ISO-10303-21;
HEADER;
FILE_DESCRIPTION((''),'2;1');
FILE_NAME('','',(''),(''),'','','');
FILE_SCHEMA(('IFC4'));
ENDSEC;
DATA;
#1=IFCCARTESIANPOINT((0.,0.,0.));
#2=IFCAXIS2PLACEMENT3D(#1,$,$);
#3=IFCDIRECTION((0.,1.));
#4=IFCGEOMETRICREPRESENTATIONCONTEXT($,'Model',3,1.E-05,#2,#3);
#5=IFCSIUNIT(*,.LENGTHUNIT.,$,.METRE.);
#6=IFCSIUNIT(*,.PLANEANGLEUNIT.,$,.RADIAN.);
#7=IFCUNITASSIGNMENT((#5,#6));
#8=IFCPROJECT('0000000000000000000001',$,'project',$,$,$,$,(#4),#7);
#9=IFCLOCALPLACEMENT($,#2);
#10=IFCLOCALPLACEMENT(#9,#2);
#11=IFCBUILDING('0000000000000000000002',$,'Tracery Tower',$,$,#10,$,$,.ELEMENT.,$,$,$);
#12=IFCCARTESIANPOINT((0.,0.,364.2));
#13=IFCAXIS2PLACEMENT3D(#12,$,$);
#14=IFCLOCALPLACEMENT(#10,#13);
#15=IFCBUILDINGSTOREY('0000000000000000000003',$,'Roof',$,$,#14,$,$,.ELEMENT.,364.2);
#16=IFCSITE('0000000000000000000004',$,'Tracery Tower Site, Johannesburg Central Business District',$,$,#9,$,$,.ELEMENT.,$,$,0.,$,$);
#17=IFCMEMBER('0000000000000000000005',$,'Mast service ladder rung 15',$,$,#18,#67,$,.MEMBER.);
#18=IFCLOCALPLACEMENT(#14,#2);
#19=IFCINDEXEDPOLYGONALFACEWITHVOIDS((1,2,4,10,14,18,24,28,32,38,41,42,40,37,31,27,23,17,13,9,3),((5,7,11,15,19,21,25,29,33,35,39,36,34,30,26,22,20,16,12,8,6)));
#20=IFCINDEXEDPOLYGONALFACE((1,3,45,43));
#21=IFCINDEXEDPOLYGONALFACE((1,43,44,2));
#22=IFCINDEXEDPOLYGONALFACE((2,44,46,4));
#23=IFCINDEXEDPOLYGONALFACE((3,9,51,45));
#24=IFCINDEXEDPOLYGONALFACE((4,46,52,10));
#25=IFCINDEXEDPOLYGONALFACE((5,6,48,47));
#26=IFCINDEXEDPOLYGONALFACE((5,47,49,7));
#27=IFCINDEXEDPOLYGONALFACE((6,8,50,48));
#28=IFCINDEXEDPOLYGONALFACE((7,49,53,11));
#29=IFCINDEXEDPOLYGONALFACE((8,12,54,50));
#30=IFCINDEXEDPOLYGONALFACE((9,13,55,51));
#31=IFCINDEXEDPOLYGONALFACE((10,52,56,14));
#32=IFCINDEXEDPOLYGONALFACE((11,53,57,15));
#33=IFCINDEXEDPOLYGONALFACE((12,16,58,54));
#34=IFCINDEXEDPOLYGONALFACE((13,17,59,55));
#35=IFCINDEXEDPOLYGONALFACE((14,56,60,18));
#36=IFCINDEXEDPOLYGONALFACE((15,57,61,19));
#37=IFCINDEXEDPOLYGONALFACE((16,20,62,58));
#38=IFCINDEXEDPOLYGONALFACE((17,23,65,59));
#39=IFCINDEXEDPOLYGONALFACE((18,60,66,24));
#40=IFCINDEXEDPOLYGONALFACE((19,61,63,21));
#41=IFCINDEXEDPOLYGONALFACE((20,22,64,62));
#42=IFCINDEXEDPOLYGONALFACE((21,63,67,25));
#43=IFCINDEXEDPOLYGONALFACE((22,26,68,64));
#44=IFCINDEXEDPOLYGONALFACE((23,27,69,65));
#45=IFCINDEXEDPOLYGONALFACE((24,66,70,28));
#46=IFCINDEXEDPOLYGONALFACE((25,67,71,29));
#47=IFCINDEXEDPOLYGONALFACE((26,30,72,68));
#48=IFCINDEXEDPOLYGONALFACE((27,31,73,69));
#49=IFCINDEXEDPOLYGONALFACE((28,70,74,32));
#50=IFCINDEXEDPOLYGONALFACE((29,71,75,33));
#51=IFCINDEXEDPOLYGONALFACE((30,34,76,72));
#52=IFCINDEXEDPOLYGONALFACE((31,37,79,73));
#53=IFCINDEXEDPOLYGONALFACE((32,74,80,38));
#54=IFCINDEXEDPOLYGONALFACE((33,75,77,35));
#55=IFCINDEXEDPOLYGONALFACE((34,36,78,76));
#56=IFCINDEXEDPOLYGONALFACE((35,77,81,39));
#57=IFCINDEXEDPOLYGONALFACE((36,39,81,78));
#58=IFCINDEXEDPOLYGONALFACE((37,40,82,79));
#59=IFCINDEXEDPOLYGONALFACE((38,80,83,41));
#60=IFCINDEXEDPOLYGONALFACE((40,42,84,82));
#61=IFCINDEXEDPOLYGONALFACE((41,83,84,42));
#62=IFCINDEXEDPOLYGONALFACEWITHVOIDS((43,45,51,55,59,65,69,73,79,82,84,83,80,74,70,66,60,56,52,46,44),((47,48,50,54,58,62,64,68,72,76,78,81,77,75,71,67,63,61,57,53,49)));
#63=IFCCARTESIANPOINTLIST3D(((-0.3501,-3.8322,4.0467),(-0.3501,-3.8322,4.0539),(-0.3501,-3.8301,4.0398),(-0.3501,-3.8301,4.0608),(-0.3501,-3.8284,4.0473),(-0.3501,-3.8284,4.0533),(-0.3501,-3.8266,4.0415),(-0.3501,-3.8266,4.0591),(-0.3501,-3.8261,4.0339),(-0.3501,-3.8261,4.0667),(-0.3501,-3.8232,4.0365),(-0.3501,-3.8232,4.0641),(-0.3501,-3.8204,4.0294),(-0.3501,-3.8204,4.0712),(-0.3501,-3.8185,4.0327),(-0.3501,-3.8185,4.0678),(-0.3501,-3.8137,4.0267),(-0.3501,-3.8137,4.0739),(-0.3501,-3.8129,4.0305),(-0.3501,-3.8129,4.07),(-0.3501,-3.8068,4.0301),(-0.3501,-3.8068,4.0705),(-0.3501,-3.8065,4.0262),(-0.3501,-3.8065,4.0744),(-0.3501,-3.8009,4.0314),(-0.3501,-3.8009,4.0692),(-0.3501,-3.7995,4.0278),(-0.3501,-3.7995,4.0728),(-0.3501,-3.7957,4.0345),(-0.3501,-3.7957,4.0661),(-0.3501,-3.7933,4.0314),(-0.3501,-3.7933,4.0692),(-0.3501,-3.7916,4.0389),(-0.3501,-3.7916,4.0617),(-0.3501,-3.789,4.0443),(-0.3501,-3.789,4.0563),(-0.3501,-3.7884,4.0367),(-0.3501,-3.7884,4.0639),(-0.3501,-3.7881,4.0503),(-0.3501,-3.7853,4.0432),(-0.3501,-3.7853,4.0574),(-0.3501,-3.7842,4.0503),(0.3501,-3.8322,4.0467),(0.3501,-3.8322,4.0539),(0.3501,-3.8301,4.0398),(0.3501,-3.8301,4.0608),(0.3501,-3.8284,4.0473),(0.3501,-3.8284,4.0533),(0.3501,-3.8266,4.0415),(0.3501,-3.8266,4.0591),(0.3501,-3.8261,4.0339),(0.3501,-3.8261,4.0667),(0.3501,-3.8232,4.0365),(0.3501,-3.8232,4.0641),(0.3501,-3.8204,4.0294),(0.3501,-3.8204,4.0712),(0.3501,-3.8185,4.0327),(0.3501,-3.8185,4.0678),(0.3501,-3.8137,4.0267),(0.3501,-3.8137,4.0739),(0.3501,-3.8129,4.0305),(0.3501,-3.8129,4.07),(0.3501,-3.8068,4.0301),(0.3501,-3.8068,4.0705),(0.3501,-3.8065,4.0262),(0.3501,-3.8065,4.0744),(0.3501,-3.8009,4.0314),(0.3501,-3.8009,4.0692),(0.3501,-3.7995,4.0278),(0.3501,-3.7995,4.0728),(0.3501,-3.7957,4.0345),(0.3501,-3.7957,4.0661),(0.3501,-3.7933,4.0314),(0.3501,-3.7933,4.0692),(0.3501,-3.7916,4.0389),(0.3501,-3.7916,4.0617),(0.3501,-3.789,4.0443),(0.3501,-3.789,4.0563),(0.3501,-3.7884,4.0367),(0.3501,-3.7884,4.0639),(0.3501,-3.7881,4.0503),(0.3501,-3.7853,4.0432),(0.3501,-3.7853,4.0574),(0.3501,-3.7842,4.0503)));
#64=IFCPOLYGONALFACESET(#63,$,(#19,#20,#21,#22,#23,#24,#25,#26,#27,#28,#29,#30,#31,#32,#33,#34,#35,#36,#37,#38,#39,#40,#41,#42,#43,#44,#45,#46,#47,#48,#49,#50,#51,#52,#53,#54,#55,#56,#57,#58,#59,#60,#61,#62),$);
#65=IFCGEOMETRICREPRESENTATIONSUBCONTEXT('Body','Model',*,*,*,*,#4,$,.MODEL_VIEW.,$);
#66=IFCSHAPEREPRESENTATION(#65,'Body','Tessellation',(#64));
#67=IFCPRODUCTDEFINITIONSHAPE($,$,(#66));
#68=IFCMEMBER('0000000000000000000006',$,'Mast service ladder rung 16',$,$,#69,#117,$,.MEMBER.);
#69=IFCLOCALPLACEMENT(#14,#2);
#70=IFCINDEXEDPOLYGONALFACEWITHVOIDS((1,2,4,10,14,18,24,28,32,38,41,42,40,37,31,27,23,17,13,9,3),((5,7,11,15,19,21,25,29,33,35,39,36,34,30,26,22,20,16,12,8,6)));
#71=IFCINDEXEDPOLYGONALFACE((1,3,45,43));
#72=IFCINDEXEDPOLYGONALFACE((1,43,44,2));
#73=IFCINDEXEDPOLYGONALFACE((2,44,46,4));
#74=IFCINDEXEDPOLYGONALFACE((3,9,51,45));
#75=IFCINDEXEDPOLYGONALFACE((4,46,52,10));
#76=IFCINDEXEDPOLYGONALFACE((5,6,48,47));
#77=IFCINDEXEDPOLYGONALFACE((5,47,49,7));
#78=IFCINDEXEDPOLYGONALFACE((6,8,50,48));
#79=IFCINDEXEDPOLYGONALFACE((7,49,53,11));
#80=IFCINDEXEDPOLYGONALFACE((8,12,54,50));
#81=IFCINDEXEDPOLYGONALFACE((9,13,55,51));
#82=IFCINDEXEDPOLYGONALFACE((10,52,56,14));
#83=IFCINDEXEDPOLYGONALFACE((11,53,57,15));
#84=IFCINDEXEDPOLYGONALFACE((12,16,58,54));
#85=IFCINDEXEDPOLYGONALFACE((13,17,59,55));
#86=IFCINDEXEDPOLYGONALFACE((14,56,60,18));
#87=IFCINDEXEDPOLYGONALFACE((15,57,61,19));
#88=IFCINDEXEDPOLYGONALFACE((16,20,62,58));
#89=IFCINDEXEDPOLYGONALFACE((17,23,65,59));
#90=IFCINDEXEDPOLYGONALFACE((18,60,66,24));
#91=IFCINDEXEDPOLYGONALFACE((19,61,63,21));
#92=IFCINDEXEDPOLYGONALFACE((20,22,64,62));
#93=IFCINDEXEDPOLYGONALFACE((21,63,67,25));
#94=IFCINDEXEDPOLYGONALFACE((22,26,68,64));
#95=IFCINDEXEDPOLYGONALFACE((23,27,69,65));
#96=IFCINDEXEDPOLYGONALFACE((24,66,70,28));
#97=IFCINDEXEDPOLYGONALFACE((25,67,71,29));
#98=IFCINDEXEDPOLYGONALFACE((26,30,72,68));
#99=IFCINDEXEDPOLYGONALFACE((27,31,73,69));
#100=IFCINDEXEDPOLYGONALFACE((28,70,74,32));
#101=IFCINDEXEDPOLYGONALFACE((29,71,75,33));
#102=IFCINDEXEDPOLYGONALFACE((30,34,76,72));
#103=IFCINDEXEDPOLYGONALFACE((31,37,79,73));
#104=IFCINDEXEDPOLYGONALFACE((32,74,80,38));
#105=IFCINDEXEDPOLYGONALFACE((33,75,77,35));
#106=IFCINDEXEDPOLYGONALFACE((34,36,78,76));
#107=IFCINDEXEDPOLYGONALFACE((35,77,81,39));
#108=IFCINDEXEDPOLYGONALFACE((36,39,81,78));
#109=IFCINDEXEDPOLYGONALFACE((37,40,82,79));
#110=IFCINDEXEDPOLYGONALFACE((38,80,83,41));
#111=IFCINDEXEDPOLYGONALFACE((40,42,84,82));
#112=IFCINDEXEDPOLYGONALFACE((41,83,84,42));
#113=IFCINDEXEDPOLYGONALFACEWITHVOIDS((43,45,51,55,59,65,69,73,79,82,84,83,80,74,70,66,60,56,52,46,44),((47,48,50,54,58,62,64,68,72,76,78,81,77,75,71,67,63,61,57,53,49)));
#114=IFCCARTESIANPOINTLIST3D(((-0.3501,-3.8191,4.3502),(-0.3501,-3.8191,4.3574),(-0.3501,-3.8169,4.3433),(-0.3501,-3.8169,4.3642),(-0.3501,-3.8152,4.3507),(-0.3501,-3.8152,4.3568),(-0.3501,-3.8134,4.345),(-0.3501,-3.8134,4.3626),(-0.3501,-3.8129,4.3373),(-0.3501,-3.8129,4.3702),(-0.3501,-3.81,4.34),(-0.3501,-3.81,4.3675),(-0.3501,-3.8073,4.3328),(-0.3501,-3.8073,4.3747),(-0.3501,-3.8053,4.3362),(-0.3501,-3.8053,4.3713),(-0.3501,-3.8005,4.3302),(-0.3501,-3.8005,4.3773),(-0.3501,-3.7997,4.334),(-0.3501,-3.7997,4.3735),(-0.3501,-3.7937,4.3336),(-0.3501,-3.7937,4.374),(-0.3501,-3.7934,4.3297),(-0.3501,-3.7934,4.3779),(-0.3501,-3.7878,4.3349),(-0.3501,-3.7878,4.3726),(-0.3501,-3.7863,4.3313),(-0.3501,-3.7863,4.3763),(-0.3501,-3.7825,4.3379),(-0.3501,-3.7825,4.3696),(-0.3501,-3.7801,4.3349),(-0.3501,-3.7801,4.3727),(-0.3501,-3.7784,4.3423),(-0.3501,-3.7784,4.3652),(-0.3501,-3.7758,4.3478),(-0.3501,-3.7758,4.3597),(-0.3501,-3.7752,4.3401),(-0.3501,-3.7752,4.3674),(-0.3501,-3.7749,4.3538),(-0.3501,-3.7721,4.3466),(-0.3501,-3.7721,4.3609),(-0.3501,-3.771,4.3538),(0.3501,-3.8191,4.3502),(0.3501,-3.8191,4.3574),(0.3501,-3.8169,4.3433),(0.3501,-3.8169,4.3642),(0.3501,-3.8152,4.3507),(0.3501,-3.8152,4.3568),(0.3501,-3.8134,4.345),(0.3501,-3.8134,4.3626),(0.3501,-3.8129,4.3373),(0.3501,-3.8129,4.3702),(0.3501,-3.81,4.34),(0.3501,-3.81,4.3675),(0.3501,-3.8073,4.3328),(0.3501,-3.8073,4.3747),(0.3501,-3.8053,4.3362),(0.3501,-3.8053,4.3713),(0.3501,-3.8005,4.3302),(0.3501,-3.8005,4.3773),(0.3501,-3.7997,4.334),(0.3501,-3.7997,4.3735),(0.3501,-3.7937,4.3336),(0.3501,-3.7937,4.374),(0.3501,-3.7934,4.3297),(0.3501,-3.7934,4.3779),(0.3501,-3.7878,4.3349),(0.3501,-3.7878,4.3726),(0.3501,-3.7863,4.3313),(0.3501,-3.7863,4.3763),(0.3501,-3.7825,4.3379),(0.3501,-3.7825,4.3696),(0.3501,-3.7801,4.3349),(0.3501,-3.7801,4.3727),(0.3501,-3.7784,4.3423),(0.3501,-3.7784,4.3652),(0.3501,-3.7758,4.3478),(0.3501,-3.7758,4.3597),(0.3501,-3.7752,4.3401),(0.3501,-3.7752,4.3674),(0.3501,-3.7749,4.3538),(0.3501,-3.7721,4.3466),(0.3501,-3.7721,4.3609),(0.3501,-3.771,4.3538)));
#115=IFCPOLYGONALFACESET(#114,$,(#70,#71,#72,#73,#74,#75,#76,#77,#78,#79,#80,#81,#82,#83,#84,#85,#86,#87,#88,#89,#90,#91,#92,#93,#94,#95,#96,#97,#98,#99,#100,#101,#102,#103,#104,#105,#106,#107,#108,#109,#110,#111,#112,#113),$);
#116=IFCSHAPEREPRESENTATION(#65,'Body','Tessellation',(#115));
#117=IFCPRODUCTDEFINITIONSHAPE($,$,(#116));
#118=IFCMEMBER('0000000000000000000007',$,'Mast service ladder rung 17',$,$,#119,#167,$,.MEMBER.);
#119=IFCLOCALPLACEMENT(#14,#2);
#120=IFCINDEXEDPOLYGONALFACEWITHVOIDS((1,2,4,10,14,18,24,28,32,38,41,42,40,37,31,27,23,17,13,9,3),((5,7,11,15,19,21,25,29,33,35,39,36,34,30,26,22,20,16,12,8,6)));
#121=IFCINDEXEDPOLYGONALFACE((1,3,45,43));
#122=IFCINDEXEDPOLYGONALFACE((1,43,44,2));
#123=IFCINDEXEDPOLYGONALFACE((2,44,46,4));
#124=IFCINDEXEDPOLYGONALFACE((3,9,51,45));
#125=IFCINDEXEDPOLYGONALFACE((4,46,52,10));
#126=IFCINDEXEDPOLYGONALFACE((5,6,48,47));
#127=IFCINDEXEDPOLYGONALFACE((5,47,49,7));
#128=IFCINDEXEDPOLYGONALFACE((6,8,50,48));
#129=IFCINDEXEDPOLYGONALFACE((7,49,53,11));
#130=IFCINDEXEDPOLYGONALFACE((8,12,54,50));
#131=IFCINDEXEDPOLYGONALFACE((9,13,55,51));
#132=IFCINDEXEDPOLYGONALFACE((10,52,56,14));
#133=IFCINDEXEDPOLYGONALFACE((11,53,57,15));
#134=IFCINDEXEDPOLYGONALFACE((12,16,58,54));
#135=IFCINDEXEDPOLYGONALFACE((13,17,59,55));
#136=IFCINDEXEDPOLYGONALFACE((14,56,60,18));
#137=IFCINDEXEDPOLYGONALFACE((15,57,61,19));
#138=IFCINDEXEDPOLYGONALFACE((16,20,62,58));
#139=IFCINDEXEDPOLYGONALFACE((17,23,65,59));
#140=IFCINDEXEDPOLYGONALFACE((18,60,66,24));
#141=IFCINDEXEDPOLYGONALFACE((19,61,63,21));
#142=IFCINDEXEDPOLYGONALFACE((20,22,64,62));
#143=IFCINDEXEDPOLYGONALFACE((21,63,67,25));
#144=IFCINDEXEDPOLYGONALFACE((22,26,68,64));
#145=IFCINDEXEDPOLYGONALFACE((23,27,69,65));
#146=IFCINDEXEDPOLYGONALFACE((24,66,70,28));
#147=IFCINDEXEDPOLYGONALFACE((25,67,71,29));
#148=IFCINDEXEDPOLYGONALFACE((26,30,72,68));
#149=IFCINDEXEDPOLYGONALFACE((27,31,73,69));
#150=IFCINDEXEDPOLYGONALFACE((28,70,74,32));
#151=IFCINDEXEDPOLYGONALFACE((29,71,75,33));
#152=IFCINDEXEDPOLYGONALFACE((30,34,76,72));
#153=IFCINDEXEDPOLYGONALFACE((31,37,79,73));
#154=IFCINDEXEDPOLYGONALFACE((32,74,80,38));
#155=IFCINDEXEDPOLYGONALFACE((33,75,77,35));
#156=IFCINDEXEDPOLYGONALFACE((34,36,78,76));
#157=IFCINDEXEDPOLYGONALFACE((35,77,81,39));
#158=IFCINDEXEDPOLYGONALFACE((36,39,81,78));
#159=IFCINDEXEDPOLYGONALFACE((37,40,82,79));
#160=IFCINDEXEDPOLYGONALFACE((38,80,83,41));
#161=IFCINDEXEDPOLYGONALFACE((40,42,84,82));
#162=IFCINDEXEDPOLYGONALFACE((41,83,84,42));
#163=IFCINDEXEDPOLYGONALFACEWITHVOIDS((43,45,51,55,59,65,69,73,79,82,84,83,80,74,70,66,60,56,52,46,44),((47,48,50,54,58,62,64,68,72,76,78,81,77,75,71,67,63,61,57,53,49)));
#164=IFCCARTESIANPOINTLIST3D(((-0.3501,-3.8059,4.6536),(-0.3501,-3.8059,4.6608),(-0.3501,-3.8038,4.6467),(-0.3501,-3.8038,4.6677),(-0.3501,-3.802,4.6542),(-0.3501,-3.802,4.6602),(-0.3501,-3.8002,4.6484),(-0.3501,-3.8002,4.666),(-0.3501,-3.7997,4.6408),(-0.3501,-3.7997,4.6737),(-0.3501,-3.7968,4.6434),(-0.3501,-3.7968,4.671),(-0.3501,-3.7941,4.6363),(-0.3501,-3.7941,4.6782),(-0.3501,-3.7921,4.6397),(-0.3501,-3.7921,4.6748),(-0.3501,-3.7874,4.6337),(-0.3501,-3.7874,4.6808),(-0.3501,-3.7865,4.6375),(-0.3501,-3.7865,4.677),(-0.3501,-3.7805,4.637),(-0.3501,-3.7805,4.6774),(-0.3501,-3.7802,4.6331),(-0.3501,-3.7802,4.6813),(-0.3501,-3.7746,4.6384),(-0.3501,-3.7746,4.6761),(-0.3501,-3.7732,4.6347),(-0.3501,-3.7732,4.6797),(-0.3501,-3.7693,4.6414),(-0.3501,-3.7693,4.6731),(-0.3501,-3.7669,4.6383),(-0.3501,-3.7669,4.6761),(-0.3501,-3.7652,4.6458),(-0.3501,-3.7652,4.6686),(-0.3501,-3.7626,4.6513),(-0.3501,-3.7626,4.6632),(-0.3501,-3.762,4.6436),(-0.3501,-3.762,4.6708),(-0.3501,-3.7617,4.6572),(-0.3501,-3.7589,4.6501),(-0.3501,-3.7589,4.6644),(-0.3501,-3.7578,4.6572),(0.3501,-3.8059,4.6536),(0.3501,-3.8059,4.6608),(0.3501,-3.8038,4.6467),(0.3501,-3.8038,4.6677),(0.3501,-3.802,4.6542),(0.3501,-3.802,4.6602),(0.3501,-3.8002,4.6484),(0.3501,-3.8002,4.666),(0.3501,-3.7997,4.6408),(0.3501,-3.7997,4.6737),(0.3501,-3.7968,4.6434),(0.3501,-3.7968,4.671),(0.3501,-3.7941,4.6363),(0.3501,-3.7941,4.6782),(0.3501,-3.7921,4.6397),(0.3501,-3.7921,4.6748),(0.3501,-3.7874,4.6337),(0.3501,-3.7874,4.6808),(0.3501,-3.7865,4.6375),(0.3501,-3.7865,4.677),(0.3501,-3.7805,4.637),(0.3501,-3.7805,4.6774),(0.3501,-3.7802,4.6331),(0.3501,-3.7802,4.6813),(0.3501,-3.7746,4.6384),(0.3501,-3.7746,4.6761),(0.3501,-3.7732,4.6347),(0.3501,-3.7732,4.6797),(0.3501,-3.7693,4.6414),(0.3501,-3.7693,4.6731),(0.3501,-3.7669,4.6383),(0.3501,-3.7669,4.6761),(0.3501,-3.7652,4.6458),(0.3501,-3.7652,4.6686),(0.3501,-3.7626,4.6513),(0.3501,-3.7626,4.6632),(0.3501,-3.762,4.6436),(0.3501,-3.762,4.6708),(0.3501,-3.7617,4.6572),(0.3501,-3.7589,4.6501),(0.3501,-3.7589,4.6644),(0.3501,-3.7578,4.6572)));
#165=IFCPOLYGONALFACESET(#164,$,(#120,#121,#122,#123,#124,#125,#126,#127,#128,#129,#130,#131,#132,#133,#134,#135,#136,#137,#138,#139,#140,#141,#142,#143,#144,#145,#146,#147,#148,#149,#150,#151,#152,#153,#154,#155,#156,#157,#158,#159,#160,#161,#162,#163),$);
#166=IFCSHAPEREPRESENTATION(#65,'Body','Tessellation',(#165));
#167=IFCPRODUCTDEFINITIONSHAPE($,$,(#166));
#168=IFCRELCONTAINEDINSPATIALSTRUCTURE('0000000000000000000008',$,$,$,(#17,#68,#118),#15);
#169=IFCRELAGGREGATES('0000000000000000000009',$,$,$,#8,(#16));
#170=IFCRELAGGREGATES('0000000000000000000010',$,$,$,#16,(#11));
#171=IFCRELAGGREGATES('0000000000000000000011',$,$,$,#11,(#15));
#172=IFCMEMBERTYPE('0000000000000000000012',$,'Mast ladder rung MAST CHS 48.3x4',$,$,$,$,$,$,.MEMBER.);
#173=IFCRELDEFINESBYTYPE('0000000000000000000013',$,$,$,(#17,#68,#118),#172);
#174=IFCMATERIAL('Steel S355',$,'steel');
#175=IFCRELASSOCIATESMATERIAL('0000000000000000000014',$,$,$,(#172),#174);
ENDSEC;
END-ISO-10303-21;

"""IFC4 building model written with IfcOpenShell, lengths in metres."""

from ifc_helpers import new_model, si_unit, direction, frame, origin, origin_2d, place, context, subcontext, project, spatial, hollow_circle, extrude, material, material_profile, profile_set, type_object, element, save


model = new_model("IFC4")

# Units and contexts
model_context = context("Model", 3, precision=1e-05, world=origin(), true_north=direction((0.0, 1.0)))
body_context = subcontext(model_context, "Body", "Model", "MODEL_VIEW")
ifc_project = project(units=[si_unit("LENGTHUNIT", "METRE"), si_unit("PLANEANGLEUNIT", "RADIAN")], contexts=[model_context])

# Site, building, storey
site_placement = place(None, origin())
site = spatial("IfcSite", under=ifc_project, at=site_placement, Name="Tracery Tower Site, Johannesburg Central Business District", CompositionType="ELEMENT", RefElevation=0.0)
building_placement = place(site_placement, origin())
building = spatial("IfcBuilding", under=site, at=building_placement, Name="Tracery Tower", CompositionType="ELEMENT")
storey_placement = place(building_placement, frame((0.0, 0.0, 364.2)))
storey = spatial("IfcBuildingStorey", under=building, at=storey_placement, Name="Roof", CompositionType="ELEMENT", Elevation=364.2)

# Members
ifc_material_1 = material(Name="Steel S355", Category="steel")
ifc_material_profile_1 = material_profile(ifc_material_1, hollow_circle(Radius=0.0242, WallThickness=0.0039, at=origin_2d()), Name="CHS 48.3x4")
ifc_profile_set_1 = profile_set([ifc_material_profile_1], Name="Steel S355")
member_type_1 = type_object("IfcMemberType", Name="Mast ladder rung MAST CHS 48.3x4", PredefinedType="MEMBER", material=ifc_profile_set_1)
for number, where, z_axis, x_axis, name in (
    (1, (-0.3501, -3.8083, 4.0503), (1.0, 0.0, 0.0), (0.0, 1.0, 0.0), "Mast service ladder rung 15"),
    (2, (-0.3501, -3.7952, 4.3538), (1.0, 0.0, 0.0), (0.0, 1.0, 0.0), "Mast service ladder rung 16"),
    (3, (-0.3501, -3.782, 4.6572), (1.0, 0.0, 0.0), (0.0, 1.0, 0.0), "Mast service ladder rung 17"),
):
    element("IfcMember", number, at=place(storey_placement, frame(where, z_axis=z_axis, x_axis=x_axis)), inside=storey, type_object=member_type_1, Name=name, PredefinedType="MEMBER", context=body_context, shape_type="SweptSolid", body=[
        extrude(hollow_circle(Radius=0.0242, WallThickness=0.0039, at=origin_2d()), origin(), (0.0, 0.0, 1.0), 0.7002),
    ])

save(model, "model.ifc")
